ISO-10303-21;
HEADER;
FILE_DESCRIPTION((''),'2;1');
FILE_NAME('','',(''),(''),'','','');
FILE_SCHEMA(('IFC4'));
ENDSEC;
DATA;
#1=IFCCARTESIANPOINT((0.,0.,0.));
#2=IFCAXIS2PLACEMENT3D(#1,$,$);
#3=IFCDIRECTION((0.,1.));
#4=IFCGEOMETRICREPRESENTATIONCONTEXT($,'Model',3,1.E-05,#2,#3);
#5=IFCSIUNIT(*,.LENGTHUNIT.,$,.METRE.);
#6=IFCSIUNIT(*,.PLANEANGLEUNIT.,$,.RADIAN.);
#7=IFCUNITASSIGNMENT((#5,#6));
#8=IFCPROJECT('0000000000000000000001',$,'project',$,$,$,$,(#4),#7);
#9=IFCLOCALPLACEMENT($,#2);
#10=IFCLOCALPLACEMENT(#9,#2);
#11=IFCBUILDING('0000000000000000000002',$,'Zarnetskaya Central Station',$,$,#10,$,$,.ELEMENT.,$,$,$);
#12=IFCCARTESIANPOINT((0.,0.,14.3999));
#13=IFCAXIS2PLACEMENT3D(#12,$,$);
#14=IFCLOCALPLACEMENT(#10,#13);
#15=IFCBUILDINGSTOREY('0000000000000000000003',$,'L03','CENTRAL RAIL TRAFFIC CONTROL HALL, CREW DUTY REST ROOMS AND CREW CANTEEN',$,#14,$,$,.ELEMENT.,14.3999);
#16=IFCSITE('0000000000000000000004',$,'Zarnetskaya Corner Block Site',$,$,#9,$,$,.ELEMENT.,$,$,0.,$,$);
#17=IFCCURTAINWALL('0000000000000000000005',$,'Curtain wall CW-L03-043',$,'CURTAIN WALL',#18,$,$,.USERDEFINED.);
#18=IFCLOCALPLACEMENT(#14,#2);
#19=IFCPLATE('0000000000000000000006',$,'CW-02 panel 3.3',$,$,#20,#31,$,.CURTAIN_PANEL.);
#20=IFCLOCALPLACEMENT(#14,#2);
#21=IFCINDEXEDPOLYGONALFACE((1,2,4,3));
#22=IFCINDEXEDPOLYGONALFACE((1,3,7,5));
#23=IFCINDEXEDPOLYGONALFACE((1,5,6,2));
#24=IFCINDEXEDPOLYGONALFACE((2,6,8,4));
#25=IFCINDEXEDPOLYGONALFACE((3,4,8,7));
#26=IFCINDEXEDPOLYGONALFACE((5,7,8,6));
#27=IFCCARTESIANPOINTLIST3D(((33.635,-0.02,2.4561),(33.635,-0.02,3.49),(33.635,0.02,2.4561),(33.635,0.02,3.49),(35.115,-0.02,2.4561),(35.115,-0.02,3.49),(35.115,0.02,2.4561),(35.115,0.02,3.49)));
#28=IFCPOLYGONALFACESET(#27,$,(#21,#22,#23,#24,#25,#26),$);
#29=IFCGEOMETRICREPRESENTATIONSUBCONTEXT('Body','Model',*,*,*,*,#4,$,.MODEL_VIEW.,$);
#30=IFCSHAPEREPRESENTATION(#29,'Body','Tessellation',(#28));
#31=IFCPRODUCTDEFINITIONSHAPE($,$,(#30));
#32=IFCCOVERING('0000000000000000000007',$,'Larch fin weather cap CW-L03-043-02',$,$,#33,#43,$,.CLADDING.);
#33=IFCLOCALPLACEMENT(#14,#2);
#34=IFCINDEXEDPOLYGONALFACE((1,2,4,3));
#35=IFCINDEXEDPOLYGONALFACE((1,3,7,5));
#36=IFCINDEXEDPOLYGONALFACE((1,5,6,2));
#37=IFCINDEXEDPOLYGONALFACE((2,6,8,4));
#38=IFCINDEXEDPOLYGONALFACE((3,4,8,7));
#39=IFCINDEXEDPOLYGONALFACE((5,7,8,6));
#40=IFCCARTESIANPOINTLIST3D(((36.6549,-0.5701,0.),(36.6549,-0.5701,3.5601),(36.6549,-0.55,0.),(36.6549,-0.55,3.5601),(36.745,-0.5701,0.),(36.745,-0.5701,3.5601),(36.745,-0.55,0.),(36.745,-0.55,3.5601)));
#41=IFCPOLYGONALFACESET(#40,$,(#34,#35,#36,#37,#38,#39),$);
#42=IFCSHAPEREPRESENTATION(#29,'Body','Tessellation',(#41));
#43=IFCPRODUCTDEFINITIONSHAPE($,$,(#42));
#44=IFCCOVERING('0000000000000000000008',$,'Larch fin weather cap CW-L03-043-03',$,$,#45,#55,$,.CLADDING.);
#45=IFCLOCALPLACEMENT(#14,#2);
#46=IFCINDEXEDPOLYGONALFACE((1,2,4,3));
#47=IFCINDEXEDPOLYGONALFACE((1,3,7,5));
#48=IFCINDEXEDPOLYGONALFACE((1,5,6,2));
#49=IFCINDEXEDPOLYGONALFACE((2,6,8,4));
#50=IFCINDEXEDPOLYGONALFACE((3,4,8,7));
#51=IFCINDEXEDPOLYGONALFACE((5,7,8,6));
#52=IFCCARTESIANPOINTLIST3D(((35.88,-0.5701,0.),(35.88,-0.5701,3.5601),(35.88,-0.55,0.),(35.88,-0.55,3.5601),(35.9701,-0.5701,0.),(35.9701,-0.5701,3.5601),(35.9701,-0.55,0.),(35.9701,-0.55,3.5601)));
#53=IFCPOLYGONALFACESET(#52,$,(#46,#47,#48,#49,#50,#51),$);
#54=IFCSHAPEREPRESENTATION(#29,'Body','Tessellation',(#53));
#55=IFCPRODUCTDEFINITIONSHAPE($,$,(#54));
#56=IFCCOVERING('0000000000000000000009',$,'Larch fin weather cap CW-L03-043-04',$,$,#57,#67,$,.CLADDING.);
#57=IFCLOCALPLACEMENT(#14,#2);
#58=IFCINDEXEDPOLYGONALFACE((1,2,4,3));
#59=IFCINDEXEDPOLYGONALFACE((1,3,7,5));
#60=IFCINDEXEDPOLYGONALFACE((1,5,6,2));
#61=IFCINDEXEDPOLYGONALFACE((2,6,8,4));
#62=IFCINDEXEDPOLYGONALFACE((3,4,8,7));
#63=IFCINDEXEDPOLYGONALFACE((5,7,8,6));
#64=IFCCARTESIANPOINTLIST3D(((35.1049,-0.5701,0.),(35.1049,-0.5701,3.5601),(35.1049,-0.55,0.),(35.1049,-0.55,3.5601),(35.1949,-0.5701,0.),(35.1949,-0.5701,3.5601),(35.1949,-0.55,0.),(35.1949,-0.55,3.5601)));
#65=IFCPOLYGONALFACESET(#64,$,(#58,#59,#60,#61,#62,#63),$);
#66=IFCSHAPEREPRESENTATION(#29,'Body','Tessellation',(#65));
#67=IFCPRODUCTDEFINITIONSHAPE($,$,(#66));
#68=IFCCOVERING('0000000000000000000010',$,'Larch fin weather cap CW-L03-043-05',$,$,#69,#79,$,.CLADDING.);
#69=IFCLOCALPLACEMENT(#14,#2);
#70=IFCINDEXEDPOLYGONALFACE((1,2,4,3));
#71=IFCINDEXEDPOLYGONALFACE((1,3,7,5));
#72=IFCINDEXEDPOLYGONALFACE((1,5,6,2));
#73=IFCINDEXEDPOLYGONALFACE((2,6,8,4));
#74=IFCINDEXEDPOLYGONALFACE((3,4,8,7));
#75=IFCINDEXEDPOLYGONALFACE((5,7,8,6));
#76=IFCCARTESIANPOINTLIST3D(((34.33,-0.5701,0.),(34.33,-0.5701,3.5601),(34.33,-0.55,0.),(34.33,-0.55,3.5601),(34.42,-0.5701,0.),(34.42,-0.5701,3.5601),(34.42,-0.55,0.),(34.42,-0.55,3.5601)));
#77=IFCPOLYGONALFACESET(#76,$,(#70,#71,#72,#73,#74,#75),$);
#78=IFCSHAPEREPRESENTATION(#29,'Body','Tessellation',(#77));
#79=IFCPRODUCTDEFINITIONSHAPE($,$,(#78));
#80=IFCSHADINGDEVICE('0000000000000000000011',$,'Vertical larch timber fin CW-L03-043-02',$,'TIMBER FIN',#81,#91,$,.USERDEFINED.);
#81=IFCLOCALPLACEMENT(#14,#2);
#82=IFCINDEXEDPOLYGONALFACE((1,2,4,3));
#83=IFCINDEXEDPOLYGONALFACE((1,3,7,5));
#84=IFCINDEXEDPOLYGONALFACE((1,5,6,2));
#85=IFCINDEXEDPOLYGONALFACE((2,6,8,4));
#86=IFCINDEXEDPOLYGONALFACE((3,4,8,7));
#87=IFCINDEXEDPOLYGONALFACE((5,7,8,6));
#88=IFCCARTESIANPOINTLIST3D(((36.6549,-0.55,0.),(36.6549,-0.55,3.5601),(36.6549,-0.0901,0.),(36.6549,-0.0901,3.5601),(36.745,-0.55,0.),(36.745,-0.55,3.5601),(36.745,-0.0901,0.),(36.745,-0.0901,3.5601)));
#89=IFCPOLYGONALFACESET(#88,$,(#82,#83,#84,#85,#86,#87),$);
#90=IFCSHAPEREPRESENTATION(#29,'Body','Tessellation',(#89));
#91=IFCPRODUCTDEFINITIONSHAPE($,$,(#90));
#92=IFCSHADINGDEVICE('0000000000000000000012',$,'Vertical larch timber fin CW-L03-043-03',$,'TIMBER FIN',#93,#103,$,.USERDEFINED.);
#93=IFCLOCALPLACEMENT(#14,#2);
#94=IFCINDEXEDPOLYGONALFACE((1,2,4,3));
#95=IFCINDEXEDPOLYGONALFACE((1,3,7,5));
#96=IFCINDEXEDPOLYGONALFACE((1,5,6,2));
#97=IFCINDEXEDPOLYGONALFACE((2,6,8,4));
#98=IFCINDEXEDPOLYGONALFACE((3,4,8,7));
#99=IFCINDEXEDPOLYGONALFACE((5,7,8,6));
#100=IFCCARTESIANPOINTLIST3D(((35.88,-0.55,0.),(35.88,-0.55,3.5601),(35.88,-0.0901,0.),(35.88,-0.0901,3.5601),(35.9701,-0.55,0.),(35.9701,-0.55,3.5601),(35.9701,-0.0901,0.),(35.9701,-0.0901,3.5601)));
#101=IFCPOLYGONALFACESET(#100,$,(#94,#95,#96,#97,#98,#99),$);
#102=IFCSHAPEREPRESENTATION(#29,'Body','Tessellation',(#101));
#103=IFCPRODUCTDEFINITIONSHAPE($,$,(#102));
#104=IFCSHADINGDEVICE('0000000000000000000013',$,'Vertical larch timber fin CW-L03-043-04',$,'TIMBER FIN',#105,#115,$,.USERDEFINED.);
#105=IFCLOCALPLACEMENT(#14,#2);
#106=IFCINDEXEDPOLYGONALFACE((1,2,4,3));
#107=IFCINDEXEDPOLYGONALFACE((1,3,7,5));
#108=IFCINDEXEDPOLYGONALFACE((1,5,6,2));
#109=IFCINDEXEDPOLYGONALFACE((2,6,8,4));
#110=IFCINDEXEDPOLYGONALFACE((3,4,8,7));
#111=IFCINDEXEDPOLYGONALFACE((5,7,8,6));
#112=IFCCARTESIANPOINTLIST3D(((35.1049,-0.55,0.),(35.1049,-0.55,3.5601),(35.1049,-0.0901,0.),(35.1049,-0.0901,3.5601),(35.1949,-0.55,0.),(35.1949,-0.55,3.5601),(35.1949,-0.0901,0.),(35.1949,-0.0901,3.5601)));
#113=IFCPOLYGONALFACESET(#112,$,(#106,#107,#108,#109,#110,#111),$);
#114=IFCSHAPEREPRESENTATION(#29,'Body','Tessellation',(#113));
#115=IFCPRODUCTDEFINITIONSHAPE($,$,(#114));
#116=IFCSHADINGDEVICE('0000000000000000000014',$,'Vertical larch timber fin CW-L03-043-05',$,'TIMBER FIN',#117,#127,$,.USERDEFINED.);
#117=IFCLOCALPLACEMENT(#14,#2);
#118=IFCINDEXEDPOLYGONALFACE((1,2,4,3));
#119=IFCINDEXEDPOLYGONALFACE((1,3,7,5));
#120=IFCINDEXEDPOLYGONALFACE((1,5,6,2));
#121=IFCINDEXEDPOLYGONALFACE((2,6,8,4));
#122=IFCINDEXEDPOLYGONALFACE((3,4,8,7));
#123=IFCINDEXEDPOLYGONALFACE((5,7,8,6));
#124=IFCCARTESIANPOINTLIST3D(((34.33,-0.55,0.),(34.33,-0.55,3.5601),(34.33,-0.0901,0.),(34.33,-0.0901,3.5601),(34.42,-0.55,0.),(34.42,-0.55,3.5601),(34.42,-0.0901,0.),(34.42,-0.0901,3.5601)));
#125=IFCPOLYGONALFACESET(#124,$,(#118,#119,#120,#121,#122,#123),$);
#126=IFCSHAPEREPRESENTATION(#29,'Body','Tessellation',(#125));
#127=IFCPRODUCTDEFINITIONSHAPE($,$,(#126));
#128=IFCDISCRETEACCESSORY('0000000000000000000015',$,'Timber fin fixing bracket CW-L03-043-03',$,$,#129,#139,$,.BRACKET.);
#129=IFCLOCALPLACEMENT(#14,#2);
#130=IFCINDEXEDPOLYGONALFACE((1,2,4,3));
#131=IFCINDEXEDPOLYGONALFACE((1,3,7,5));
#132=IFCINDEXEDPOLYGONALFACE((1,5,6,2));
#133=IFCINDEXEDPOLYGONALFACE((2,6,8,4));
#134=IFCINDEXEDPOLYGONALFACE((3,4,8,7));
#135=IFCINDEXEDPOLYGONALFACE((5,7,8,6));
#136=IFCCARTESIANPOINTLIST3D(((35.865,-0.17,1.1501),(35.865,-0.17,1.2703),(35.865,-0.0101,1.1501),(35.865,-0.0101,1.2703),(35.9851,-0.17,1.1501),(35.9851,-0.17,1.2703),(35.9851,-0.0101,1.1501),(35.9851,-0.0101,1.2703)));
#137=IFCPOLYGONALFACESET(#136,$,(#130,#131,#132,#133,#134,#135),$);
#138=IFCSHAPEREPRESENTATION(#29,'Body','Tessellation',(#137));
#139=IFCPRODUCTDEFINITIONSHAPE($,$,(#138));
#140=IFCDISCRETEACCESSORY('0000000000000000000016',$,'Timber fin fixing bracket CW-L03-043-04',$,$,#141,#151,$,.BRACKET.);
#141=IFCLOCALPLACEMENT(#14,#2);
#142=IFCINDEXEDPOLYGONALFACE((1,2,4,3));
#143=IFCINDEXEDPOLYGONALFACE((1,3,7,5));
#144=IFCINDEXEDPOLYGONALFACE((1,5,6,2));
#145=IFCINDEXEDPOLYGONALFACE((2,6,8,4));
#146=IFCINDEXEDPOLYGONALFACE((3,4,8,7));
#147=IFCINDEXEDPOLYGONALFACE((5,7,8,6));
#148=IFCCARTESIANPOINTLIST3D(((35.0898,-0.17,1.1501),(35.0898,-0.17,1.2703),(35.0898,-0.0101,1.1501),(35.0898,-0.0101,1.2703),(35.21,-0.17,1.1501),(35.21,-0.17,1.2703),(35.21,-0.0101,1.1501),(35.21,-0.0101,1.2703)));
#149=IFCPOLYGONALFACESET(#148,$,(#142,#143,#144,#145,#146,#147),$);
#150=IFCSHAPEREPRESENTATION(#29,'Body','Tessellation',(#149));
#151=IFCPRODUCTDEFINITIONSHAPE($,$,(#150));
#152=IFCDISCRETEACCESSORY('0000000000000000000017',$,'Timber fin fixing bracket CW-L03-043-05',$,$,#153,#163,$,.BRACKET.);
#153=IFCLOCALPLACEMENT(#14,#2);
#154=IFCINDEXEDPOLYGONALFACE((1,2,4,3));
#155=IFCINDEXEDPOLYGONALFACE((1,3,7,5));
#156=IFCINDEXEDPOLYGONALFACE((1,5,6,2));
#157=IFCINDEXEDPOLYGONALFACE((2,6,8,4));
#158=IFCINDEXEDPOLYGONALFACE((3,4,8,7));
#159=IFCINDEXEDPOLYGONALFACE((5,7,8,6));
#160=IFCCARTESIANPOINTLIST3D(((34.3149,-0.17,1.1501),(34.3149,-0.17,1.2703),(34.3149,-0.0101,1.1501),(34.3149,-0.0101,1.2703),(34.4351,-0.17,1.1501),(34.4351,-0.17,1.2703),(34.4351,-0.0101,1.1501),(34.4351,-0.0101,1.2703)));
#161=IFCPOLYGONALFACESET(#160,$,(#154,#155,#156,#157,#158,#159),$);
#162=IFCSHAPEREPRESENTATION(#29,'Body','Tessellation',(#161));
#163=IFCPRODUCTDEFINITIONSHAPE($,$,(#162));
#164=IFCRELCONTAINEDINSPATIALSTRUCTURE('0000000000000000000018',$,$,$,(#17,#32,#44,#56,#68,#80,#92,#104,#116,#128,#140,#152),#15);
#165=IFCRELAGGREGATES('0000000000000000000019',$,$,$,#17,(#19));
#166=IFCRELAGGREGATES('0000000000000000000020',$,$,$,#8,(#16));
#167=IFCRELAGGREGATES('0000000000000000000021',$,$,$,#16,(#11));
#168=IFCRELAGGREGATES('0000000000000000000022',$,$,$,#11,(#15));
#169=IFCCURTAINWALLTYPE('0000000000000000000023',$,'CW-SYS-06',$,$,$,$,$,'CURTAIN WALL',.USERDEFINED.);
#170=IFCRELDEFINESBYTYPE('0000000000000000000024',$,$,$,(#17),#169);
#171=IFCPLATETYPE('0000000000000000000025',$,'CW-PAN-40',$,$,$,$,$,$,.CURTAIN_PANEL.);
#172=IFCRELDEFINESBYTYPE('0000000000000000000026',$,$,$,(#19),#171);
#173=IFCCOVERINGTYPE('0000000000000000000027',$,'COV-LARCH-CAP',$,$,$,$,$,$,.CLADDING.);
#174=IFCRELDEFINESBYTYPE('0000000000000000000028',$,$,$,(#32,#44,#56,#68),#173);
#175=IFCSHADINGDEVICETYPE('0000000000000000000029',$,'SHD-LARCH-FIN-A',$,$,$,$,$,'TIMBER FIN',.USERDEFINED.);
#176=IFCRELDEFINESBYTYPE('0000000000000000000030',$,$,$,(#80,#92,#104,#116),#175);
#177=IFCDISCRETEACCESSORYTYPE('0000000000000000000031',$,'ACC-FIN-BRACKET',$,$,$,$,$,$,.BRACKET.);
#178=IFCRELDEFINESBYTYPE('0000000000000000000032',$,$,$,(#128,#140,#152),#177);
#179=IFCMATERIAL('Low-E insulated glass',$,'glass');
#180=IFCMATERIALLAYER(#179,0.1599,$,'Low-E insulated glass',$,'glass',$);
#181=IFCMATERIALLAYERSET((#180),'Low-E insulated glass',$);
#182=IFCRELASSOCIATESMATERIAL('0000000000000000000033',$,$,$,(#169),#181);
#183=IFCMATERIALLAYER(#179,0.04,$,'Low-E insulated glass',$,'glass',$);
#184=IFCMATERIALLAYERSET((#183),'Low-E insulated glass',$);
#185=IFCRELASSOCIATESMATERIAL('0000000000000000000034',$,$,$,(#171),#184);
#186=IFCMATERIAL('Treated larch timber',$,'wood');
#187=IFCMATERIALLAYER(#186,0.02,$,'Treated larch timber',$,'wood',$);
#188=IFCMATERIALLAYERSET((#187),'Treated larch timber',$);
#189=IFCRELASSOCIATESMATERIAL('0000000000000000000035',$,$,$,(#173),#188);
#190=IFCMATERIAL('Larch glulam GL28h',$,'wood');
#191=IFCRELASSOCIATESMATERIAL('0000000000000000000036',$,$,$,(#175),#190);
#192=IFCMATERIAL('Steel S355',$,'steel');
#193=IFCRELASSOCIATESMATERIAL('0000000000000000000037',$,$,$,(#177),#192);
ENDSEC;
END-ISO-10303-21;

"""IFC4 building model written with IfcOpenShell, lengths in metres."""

from ifc_helpers import new_model, si_unit, direction, frame, origin, origin_2d, place, context, subcontext, project, spatial, rectangle, extrude, material, layer, layer_set, type_object, element, aggregate, save


model = new_model("IFC4")

# Units and contexts
model_context = context("Model", 3, precision=1e-05, world=origin(), true_north=direction((0.0, 1.0)))
body_context = subcontext(model_context, "Body", "Model", "MODEL_VIEW")
ifc_project = project(units=[si_unit("LENGTHUNIT", "METRE"), si_unit("PLANEANGLEUNIT", "RADIAN")], contexts=[model_context])

# Site, building, storey
site_placement = place(None, origin())
site = spatial("IfcSite", under=ifc_project, at=site_placement, Name="Zarnetskaya Corner Block Site", CompositionType="ELEMENT", RefElevation=0.0)
building_placement = place(site_placement, origin())
building = spatial("IfcBuilding", under=site, at=building_placement, Name="Zarnetskaya Central Station", CompositionType="ELEMENT")
storey_placement = place(building_placement, frame((0.0, 0.0, 14.3999)))
storey = spatial("IfcBuildingStorey", under=building, at=storey_placement, Name="L03", Description="CENTRAL RAIL TRAFFIC CONTROL HALL, CREW DUTY REST ROOMS AND CREW CANTEEN", CompositionType="ELEMENT", Elevation=14.3999)

# Curtain wall, plate
ifc_material_1 = material(Name="Low-E insulated glass", Category="glass")
ifc_layer_1 = layer(ifc_material_1, 0.1599, Name="Low-E insulated glass", Category="glass")
ifc_layer_set_1 = layer_set([ifc_layer_1], Name="Low-E insulated glass")
curtain_wall_type = type_object("IfcCurtainWallType", Name="CW-SYS-06", ElementType="CURTAIN WALL", PredefinedType="USERDEFINED", material=ifc_layer_set_1)
curtain_wall_placement = place(storey_placement, origin())
curtain_wall = element("IfcCurtainWall", 1, at=curtain_wall_placement, inside=storey, type_object=curtain_wall_type, Name="Curtain wall CW-L03-043", ObjectType="CURTAIN WALL", PredefinedType="USERDEFINED")
ifc_layer_2 = layer(ifc_material_1, 0.04, Name="Low-E insulated glass", Category="glass")
ifc_layer_set_2 = layer_set([ifc_layer_2], Name="Low-E insulated glass")
plate_type = type_object("IfcPlateType", Name="CW-PAN-40", PredefinedType="CURTAIN_PANEL", material=ifc_layer_set_2)
plate_1_placement = place(storey_placement, frame((34.375, 0.0, 2.4561), z_axis=(0.0, 0.0, 1.0), x_axis=(-1.0, 0.0, 0.0)))
plate_1 = element("IfcPlate", 2, at=plate_1_placement, type_object=plate_type, Name="CW-02 panel 3.3", PredefinedType="CURTAIN_PANEL", context=body_context, shape_type="SweptSolid", body=[
    extrude(rectangle(XDim=1.48, YDim=0.04, at=origin_2d()), origin(), (0.0, 0.0, 1.0), 1.0339),
])
aggregate(curtain_wall, [plate_1])

# Coverings
ifc_material_2 = material(Name="Treated larch timber", Category="wood")
ifc_layer_3 = layer(ifc_material_2, 0.02, Name="Treated larch timber", Category="wood")
ifc_layer_set_3 = layer_set([ifc_layer_3], Name="Treated larch timber")
covering_type = type_object("IfcCoveringType", Name="COV-LARCH-CAP", PredefinedType="CLADDING", material=ifc_layer_set_3)
for number, where, z_axis, x_axis, name in (
    (3, (36.7, -0.5601, 0.0), (0.0, 0.0, 1.0), (-1.0, 0.0, 0.0), "Larch fin weather cap CW-L03-043-02"),
    (4, (35.925, -0.5601, 0.0), (0.0, 0.0, 1.0), (-1.0, 0.0, 0.0), "Larch fin weather cap CW-L03-043-03"),
    (5, (35.1499, -0.5601, 0.0), (0.0, 0.0, 1.0), (-1.0, 0.0, 0.0), "Larch fin weather cap CW-L03-043-04"),
    (6, (34.375, -0.5601, 0.0), (0.0, 0.0, 1.0), (-1.0, 0.0, 0.0), "Larch fin weather cap CW-L03-043-05"),
):
    element("IfcCovering", number, at=place(storey_placement, frame(where, z_axis=z_axis, x_axis=x_axis)), inside=storey, type_object=covering_type, Name=name, PredefinedType="CLADDING", context=body_context, shape_type="SweptSolid", body=[
        extrude(rectangle(XDim=0.0901, YDim=0.02, at=origin_2d()), origin(), (0.0, 0.0, 1.0), 3.5601),
    ])

# Shading devices
ifc_material_3 = material(Name="Larch glulam GL28h", Category="wood")
shading_device_type = type_object("IfcShadingDeviceType", Name="SHD-LARCH-FIN-A", ElementType="TIMBER FIN", PredefinedType="USERDEFINED", material=ifc_material_3)
for number, where, z_axis, x_axis, name in (
    (7, (36.7, -0.3201, 0.0), (0.0, 0.0, 1.0), (-1.0, 0.0, 0.0), "Vertical larch timber fin CW-L03-043-02"),
    (8, (35.925, -0.3201, 0.0), (0.0, 0.0, 1.0), (-1.0, 0.0, 0.0), "Vertical larch timber fin CW-L03-043-03"),
    (9, (35.1499, -0.3201, 0.0), (0.0, 0.0, 1.0), (-1.0, 0.0, 0.0), "Vertical larch timber fin CW-L03-043-04"),
    (10, (34.375, -0.3201, 0.0), (0.0, 0.0, 1.0), (-1.0, 0.0, 0.0), "Vertical larch timber fin CW-L03-043-05"),
):
    element("IfcShadingDevice", number, at=place(storey_placement, frame(where, z_axis=z_axis, x_axis=x_axis)), inside=storey, type_object=shading_device_type, Name=name, ObjectType="TIMBER FIN", PredefinedType="USERDEFINED", context=body_context, shape_type="SweptSolid", body=[
        extrude(rectangle(XDim=0.0901, YDim=0.46, at=origin_2d()), origin(), (0.0, 0.0, 1.0), 3.5601),
    ])

# Discrete accessories
ifc_material_4 = material(Name="Steel S355", Category="steel")
discrete_accessory_type = type_object("IfcDiscreteAccessoryType", Name="ACC-FIN-BRACKET", PredefinedType="BRACKET", material=ifc_material_4)
for number, where, z_axis, x_axis, name in (
    (11, (35.925, -0.0901, 1.1501), (0.0, 0.0, 1.0), (-1.0, 0.0, 0.0), "Timber fin fixing bracket CW-L03-043-03"),
    (12, (35.1499, -0.0901, 1.1501), (0.0, 0.0, 1.0), (-1.0, 0.0, 0.0), "Timber fin fixing bracket CW-L03-043-04"),
    (13, (34.375, -0.0901, 1.1501), (0.0, 0.0, 1.0), (-1.0, 0.0, 0.0), "Timber fin fixing bracket CW-L03-043-05"),
):
    element("IfcDiscreteAccessory", number, at=place(storey_placement, frame(where, z_axis=z_axis, x_axis=x_axis)), inside=storey, type_object=discrete_accessory_type, Name=name, PredefinedType="BRACKET", context=body_context, shape_type="SweptSolid", body=[
        extrude(rectangle(XDim=0.1201, YDim=0.1599, at=origin_2d()), origin(), (0.0, 0.0, 1.0), 0.1201),
    ])

save(model, "model.ifc")
